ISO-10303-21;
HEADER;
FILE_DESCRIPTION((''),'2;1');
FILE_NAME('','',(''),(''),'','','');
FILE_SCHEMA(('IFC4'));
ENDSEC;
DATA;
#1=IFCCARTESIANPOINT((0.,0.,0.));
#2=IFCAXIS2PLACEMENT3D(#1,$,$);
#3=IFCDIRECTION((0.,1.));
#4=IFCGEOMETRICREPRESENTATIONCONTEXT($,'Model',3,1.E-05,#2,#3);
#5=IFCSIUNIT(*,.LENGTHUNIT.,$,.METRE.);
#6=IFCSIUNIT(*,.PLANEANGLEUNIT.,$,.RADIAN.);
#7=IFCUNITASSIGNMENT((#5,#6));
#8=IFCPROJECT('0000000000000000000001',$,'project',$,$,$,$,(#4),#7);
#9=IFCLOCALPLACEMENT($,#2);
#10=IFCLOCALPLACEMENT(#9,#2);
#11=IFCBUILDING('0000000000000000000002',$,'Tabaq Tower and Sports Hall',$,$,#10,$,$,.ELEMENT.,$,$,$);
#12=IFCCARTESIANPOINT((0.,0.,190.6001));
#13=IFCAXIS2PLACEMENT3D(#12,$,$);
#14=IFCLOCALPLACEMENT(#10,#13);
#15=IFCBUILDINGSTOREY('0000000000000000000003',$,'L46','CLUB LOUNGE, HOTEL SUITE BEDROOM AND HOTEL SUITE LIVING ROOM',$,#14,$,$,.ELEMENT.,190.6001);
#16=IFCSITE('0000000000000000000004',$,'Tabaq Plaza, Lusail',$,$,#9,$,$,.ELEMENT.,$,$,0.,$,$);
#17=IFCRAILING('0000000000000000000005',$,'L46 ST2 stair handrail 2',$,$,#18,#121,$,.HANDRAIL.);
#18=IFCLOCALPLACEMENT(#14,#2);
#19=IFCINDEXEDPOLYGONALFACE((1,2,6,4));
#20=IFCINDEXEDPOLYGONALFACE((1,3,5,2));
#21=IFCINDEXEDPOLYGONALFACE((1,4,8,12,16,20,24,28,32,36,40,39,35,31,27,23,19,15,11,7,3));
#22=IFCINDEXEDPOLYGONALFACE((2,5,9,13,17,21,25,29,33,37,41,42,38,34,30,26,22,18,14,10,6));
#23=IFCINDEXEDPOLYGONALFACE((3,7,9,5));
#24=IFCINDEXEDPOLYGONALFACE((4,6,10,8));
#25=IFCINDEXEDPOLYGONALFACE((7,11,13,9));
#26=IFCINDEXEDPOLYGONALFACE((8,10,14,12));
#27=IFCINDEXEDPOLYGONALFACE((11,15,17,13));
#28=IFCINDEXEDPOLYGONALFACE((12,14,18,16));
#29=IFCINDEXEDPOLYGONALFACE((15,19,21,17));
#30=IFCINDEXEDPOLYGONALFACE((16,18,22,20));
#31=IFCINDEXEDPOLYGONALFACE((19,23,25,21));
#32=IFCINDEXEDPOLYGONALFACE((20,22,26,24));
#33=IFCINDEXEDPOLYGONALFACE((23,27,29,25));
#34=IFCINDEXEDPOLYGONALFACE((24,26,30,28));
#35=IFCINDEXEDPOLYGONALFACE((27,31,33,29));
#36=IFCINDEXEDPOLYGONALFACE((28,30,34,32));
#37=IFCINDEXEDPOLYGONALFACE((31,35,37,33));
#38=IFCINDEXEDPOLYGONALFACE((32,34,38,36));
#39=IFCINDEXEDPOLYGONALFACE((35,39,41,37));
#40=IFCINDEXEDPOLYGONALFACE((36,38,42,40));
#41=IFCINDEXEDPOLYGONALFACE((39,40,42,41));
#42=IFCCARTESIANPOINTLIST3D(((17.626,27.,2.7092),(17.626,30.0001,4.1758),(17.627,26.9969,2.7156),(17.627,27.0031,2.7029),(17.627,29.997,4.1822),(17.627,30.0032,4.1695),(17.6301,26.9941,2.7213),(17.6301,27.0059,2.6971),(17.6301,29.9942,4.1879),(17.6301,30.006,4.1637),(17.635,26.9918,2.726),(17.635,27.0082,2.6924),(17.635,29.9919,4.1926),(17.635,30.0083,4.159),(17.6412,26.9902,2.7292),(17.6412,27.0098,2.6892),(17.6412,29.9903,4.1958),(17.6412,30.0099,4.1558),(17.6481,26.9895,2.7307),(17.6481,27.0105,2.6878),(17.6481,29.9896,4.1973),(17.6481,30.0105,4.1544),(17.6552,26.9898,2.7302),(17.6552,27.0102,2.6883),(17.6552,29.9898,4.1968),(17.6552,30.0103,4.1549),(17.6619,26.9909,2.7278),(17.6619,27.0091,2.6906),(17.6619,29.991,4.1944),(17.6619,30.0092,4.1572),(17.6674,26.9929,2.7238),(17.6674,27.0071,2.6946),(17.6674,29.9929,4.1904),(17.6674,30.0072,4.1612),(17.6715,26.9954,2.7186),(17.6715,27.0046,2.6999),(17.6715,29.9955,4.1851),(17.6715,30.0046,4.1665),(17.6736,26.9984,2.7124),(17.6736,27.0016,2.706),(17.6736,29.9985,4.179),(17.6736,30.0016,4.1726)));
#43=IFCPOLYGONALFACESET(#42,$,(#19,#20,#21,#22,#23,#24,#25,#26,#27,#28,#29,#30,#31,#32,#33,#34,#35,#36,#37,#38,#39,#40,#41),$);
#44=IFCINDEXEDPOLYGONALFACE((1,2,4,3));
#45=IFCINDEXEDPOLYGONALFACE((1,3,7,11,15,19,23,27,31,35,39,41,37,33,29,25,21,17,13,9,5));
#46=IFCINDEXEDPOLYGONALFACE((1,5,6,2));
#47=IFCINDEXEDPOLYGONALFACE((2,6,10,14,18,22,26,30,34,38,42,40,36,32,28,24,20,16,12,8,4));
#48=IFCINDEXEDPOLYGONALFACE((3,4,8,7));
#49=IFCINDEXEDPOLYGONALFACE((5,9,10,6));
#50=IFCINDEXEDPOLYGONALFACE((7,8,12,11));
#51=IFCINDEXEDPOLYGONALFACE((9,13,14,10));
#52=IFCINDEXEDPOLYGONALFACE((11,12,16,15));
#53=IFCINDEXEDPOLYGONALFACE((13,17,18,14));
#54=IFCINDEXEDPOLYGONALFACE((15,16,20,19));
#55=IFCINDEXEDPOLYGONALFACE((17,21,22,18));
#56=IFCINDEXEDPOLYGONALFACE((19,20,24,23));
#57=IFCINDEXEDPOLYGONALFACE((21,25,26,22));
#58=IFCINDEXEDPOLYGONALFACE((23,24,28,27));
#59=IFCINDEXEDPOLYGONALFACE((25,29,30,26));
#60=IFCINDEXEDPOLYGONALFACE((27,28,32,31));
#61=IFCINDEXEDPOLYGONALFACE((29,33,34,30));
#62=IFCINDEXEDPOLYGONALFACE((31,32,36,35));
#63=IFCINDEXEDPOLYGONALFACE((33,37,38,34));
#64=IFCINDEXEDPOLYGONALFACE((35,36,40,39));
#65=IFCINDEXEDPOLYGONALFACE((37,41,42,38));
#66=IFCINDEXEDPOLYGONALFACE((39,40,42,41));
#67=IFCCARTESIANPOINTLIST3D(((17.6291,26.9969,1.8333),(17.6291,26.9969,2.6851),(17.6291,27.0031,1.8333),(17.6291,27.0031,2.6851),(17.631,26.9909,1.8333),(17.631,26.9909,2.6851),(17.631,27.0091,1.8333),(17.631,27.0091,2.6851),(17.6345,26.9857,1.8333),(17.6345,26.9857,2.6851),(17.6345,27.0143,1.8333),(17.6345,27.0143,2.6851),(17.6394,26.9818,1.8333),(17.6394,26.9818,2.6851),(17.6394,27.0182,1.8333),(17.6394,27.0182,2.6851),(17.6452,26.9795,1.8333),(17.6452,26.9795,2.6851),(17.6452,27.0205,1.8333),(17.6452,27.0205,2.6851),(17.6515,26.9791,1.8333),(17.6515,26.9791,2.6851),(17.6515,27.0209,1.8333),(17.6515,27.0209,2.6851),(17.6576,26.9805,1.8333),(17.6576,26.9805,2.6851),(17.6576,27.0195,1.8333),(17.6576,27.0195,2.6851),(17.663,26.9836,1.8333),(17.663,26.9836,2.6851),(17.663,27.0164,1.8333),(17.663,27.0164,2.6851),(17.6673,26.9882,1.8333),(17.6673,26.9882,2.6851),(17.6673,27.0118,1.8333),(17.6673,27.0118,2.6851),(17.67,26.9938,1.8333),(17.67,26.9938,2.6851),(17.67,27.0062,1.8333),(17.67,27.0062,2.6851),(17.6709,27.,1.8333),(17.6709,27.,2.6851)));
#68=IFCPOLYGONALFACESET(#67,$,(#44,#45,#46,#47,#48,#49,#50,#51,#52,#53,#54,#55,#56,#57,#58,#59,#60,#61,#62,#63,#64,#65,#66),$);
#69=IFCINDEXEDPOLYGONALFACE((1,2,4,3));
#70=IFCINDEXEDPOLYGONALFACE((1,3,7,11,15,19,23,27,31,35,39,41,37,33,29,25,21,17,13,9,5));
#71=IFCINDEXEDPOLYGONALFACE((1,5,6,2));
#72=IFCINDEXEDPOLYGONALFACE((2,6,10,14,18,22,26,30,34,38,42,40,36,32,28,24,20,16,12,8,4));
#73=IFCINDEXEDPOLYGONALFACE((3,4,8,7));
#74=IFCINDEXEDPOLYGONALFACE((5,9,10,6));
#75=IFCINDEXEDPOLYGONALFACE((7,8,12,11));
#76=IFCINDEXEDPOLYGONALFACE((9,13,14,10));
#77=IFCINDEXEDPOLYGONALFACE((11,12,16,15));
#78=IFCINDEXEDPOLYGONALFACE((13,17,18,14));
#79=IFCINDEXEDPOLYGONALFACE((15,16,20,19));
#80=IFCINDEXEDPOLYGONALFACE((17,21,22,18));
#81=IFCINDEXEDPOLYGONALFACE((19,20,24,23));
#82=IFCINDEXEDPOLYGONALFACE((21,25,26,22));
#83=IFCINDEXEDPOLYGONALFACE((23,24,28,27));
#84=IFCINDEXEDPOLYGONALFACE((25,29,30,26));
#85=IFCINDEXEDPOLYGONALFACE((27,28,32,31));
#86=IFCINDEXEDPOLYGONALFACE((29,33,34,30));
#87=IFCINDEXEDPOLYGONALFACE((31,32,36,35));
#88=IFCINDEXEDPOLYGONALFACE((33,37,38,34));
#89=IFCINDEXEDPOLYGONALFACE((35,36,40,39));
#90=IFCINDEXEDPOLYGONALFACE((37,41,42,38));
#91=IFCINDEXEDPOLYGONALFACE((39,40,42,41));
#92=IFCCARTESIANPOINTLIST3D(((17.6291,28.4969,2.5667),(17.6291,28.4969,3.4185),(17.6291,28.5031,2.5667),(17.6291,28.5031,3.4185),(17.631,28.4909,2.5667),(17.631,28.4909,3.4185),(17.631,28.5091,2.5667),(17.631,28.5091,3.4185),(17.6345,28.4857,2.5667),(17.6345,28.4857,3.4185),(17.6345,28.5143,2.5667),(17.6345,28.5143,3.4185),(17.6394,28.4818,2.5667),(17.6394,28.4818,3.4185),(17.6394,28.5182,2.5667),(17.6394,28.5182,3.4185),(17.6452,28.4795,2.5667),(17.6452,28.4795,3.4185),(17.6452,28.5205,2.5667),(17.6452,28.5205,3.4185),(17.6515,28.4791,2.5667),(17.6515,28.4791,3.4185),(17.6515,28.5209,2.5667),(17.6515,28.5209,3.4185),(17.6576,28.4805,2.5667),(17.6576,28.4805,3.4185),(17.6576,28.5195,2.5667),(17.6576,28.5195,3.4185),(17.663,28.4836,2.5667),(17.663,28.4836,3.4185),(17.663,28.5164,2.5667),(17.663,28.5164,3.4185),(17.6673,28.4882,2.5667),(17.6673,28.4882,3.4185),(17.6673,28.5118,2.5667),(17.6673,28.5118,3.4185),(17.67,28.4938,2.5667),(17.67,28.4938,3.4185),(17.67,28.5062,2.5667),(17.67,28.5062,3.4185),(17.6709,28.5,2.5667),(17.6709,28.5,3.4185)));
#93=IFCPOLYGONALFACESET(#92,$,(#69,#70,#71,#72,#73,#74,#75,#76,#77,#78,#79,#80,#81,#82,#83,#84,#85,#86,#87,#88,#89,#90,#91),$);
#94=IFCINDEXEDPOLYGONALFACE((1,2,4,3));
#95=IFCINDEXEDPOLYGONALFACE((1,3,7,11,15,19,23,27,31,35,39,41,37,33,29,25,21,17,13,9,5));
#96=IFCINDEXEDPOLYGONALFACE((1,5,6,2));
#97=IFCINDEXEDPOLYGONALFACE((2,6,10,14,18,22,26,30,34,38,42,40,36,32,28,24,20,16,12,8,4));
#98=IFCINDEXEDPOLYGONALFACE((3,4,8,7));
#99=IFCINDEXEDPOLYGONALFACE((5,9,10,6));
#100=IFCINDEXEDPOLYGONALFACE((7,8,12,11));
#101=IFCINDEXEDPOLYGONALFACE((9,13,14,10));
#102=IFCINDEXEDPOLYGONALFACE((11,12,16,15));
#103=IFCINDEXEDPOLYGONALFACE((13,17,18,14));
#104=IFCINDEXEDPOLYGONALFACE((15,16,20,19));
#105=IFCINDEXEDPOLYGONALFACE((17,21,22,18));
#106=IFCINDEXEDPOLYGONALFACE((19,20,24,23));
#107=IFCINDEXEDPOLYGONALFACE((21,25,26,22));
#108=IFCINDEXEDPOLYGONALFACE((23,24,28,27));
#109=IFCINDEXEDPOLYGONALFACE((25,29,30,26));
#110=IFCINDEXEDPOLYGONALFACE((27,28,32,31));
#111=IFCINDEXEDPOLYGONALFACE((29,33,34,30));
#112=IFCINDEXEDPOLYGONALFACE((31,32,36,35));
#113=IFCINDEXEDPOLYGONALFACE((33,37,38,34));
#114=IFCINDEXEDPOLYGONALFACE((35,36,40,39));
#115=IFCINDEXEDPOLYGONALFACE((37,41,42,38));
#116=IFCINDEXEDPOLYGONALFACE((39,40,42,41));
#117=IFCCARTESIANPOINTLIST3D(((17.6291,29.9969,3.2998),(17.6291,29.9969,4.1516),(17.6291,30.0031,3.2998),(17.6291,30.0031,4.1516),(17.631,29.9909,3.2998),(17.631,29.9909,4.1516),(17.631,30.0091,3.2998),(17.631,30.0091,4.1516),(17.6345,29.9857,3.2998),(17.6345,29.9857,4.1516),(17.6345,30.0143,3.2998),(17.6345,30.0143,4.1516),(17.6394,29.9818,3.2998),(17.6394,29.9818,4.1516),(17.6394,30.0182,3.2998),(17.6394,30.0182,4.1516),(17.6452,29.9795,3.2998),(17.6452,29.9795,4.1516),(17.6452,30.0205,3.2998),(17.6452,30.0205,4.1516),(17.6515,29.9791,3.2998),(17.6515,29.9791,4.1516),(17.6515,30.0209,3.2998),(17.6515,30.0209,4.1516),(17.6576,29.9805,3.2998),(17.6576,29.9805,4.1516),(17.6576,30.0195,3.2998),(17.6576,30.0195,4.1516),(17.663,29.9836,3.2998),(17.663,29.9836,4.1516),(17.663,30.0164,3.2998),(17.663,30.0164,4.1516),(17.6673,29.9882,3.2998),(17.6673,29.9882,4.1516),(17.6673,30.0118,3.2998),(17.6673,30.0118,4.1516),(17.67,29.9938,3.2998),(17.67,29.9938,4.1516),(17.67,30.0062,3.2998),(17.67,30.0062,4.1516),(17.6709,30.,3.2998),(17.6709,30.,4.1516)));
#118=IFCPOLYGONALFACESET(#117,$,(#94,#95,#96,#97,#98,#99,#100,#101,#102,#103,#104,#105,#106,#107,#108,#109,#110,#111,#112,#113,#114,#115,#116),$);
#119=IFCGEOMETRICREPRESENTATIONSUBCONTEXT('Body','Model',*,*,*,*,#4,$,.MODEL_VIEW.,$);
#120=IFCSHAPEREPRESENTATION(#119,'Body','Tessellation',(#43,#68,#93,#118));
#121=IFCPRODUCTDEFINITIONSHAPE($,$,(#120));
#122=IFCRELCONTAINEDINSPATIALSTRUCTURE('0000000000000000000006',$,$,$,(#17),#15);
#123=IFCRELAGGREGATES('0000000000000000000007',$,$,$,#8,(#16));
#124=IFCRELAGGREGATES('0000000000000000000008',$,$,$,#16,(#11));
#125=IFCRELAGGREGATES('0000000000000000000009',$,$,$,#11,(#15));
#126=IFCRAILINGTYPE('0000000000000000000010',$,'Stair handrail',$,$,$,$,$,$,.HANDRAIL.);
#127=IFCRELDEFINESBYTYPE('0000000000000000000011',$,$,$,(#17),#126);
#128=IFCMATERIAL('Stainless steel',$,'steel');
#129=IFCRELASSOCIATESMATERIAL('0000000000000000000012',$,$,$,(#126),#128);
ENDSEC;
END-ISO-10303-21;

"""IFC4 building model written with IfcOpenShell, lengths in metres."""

from ifc_helpers import new_model, si_unit, direction, frame, origin, origin_2d, place, context, subcontext, project, spatial, circle, extrude, material, type_object, element, save


model = new_model("IFC4")

# Units and contexts
model_context = context("Model", 3, precision=1e-05, world=origin(), true_north=direction((0.0, 1.0)))
body_context = subcontext(model_context, "Body", "Model", "MODEL_VIEW")
ifc_project = project(units=[si_unit("LENGTHUNIT", "METRE"), si_unit("PLANEANGLEUNIT", "RADIAN")], contexts=[model_context])

# Site, building, storey
site_placement = place(None, origin())
site = spatial("IfcSite", under=ifc_project, at=site_placement, Name="Tabaq Plaza, Lusail", CompositionType="ELEMENT", RefElevation=0.0)
building_placement = place(site_placement, origin())
building = spatial("IfcBuilding", under=site, at=building_placement, Name="Tabaq Tower and Sports Hall", CompositionType="ELEMENT")
storey_placement = place(building_placement, frame((0.0, 0.0, 190.6001)))
storey = spatial("IfcBuildingStorey", under=building, at=storey_placement, Name="L46", Description="CLUB LOUNGE, HOTEL SUITE BEDROOM AND HOTEL SUITE LIVING ROOM", CompositionType="ELEMENT", Elevation=190.6001)

# Railing
ifc_material_1 = material(Name="Stainless steel", Category="steel")
railing_type_1 = type_object("IfcRailingType", Name="Stair handrail", PredefinedType="HANDRAIL", material=ifc_material_1)
railing_1_placement = place(storey_placement, frame((17.6499, 27.0, 1.8333)))
element("IfcRailing", 1, at=railing_1_placement, inside=storey, type_object=railing_type_1, Name="L46 ST2 stair handrail 2", PredefinedType="HANDRAIL", context=body_context, shape_type="SweptSolid", body=[
    extrude(circle(Radius=0.0239, at=origin_2d()), frame((0.0, 0.0, 0.876), z_axis=(0.0, 0.898398, 0.439183), x_axis=(-1.0, 0.0, 0.0)), (0.0, 0.0, 1.0), 3.3394),
    extrude(circle(Radius=0.021, at=origin_2d()), origin(), (0.0, 0.0, 1.0), 0.8518),
    extrude(circle(Radius=0.021, at=origin_2d()), frame((0.0, 1.5, 0.7334)), (0.0, 0.0, 1.0), 0.8518),
    extrude(circle(Radius=0.021, at=origin_2d()), frame((0.0, 3.0, 1.4666)), (0.0, 0.0, 1.0), 0.8518),
])

save(model, "model.ifc")
